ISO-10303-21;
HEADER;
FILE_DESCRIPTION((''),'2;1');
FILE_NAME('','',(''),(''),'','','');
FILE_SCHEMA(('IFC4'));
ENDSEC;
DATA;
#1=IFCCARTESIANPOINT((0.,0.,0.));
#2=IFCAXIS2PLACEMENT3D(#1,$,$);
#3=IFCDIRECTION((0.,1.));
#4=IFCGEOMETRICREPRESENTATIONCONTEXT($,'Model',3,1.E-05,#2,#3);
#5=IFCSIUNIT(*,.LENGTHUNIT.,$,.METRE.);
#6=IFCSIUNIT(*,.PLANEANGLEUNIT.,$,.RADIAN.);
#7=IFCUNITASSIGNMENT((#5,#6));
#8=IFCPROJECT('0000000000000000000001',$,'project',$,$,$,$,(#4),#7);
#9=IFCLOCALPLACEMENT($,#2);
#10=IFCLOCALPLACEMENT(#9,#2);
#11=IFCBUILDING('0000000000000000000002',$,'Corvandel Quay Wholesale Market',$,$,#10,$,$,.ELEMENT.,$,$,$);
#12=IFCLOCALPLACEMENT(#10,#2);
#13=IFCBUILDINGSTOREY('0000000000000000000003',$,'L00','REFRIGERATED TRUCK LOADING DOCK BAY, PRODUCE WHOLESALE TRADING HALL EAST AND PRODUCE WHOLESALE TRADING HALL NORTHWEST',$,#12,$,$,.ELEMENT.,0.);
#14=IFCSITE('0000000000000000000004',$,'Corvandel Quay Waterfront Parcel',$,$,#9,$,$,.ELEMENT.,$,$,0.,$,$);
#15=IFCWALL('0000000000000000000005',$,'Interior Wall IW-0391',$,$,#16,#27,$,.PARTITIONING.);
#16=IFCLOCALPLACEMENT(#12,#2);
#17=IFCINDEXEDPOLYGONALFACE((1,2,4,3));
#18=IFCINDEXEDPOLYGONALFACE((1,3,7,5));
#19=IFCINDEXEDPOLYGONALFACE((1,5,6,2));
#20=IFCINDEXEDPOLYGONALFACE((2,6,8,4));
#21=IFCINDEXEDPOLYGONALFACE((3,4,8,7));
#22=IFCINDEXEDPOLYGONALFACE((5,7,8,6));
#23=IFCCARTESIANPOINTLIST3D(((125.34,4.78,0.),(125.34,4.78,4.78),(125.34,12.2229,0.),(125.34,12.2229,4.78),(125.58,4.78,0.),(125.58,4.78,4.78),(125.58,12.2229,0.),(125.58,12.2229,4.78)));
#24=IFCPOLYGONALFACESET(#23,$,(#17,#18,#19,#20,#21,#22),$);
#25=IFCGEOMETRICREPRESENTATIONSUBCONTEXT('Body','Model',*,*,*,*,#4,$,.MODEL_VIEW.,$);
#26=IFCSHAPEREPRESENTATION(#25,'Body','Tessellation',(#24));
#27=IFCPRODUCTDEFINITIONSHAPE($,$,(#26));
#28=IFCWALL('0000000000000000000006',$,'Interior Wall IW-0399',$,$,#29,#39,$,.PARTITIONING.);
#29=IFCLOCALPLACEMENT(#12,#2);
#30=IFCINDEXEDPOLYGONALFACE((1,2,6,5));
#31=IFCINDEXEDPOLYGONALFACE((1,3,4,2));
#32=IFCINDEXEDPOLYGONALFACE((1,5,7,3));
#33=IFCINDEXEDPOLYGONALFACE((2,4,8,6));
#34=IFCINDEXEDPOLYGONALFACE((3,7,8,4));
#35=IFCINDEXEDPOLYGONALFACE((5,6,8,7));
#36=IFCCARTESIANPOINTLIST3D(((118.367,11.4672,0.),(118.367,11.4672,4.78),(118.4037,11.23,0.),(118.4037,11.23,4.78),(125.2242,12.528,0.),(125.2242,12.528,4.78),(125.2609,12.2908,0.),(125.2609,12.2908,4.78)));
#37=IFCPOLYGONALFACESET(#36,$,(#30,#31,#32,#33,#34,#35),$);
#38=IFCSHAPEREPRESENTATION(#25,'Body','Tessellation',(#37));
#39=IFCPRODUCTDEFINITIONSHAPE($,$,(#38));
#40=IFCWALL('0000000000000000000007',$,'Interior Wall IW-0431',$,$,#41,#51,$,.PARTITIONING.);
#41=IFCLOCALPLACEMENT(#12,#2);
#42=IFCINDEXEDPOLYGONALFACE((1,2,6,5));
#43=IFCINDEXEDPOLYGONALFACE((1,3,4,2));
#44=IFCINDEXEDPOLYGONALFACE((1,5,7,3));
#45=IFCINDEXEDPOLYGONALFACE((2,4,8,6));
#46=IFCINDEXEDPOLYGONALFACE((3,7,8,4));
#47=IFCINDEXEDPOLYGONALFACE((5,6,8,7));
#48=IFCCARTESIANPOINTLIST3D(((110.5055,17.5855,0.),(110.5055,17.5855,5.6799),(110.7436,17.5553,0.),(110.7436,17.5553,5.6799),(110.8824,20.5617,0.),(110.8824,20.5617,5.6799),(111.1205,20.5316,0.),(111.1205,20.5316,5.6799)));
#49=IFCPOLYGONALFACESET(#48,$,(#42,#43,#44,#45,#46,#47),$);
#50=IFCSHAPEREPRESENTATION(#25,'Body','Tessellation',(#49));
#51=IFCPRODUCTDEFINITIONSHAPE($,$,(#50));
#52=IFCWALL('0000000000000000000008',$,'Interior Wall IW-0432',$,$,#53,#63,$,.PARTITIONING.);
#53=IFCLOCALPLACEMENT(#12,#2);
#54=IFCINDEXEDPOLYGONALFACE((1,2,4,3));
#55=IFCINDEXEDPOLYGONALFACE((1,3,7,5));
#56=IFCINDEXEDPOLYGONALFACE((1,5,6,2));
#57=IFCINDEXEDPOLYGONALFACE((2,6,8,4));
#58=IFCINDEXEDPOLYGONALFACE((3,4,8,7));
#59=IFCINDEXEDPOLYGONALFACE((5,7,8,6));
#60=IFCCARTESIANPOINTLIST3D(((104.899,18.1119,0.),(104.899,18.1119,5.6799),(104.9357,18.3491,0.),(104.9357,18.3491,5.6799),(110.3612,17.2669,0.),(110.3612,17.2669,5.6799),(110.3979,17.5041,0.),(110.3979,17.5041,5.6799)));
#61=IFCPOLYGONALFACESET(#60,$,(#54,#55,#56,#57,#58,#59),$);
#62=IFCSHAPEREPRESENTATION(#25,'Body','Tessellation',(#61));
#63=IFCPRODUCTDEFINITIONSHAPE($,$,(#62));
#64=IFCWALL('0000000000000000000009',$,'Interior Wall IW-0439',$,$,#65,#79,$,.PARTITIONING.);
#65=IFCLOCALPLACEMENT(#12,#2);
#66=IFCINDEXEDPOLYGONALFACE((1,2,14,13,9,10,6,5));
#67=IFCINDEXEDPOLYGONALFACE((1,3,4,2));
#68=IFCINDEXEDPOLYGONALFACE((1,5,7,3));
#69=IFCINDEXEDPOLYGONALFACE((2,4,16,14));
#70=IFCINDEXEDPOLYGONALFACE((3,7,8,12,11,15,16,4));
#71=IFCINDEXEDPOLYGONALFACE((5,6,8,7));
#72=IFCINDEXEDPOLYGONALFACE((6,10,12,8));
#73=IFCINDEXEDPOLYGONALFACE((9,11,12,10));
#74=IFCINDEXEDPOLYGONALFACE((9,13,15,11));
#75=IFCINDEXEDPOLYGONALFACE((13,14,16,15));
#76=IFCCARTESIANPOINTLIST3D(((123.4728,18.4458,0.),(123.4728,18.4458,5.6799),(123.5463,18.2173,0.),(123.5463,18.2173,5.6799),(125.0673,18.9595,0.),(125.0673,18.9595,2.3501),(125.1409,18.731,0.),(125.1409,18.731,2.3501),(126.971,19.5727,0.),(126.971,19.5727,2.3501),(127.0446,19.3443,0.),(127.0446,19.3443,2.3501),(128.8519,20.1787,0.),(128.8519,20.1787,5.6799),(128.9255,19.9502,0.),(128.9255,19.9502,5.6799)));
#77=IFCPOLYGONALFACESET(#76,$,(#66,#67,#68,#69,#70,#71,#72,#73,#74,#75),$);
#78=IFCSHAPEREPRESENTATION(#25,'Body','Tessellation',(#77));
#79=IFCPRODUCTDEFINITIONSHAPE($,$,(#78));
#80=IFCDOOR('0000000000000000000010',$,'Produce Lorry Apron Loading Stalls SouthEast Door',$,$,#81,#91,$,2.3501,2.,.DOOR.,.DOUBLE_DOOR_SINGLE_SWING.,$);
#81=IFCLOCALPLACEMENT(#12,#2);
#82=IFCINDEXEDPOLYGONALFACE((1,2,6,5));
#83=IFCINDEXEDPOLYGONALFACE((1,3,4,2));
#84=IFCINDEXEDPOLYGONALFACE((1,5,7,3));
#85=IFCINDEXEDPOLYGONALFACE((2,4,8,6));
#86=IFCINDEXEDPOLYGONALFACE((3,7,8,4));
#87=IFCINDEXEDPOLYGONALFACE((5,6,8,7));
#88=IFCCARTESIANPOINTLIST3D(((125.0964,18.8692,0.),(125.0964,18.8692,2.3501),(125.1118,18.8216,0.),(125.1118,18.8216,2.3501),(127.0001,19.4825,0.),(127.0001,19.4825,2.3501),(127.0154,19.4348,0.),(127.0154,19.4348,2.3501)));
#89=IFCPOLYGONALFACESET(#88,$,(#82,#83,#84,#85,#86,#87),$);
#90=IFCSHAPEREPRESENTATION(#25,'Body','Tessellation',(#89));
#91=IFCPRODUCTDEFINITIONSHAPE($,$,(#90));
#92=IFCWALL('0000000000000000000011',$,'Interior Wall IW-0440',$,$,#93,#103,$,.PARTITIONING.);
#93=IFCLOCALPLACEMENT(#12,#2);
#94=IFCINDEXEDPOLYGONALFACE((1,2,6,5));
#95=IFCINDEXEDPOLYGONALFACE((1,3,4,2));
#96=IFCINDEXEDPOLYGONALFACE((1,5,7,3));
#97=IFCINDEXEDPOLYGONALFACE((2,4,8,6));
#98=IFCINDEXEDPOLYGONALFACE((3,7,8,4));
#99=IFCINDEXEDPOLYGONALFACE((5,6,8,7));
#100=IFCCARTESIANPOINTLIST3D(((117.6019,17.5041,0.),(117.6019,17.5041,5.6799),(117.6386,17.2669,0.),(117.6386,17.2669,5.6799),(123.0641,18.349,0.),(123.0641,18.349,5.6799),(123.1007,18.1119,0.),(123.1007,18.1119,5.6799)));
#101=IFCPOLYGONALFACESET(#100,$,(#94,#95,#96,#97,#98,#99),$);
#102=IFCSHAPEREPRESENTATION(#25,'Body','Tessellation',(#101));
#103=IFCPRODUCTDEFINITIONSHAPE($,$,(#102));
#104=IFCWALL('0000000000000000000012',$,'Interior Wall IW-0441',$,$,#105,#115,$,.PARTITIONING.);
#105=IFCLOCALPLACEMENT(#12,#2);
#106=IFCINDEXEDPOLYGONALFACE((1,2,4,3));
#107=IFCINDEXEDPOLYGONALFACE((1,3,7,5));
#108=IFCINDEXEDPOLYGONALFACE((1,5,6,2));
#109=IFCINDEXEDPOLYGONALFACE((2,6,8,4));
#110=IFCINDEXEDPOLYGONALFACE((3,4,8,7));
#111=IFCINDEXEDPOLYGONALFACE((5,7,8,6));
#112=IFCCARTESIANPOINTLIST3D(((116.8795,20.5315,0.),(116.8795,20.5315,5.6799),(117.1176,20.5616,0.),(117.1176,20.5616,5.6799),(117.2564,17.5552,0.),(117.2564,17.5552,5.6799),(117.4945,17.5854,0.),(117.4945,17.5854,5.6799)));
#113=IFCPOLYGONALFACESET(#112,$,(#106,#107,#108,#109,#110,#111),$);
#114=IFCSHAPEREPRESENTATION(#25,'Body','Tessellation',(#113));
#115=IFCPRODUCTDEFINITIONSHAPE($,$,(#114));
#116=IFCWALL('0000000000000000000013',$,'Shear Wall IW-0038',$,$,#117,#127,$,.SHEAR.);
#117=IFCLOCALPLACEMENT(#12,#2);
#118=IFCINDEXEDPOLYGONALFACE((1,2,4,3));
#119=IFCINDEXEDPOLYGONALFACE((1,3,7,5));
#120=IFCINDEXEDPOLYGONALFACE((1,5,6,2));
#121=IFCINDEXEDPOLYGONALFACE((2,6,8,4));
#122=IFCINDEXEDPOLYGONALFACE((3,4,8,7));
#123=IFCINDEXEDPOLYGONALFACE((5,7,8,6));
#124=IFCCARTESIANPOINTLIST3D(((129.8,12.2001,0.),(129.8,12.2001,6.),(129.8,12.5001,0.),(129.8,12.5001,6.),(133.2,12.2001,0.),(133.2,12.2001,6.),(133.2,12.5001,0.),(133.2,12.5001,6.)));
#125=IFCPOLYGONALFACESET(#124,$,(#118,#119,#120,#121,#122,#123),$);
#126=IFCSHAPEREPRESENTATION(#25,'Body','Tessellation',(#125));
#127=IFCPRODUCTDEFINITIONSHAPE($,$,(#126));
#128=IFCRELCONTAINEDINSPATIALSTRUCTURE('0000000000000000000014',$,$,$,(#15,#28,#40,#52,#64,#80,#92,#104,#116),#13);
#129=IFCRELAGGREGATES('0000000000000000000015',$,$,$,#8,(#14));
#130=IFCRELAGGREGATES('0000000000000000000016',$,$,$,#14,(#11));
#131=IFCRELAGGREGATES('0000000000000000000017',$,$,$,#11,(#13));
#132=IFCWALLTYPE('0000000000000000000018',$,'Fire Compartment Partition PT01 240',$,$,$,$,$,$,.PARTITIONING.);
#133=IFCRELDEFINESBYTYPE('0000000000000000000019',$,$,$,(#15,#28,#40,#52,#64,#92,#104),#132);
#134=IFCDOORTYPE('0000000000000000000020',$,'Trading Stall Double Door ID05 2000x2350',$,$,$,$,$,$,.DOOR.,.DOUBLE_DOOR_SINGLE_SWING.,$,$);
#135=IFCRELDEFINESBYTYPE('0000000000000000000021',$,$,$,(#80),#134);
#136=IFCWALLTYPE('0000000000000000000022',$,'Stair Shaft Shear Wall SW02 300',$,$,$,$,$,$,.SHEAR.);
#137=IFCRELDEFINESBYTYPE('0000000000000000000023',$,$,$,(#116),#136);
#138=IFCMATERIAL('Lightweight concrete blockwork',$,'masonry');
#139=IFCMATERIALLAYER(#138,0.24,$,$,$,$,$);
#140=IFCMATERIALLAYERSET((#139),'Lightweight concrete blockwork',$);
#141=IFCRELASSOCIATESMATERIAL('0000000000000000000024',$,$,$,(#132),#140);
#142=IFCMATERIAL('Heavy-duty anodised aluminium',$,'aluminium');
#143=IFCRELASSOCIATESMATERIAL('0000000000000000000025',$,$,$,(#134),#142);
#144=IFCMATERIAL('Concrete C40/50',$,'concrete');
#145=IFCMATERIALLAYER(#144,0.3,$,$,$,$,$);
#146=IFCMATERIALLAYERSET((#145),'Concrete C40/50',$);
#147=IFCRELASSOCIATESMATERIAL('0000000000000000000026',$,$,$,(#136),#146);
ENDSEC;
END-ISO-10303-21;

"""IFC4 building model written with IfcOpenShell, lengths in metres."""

from ifc_helpers import new_model, si_unit, direction, frame, frame_2d, origin, place, context, subcontext, project, spatial, rectangle, extrude, material, layer, layer_set, type_object, element, fill, save


model = new_model("IFC4")

# Units and contexts
model_context = context("Model", 3, precision=1e-05, world=origin(), true_north=direction((0.0, 1.0)))
body_context = subcontext(model_context, "Body", "Model", "MODEL_VIEW")
ifc_project = project(units=[si_unit("LENGTHUNIT", "METRE"), si_unit("PLANEANGLEUNIT", "RADIAN")], contexts=[model_context])

# Site, building, storey
site_placement = place(None, origin())
site = spatial("IfcSite", under=ifc_project, at=site_placement, Name="Corvandel Quay Waterfront Parcel", CompositionType="ELEMENT", RefElevation=0.0)
building_placement = place(site_placement, origin())
building = spatial("IfcBuilding", under=site, at=building_placement, Name="Corvandel Quay Wholesale Market", CompositionType="ELEMENT")
storey_placement = place(building_placement, origin())
storey = spatial("IfcBuildingStorey", under=building, at=storey_placement, Name="L00", Description="REFRIGERATED TRUCK LOADING DOCK BAY, PRODUCE WHOLESALE TRADING HALL EAST AND PRODUCE WHOLESALE TRADING HALL NORTHWEST", CompositionType="ELEMENT", Elevation=0.0)

# Shared definitions
ifc_material_1 = material(Name="Concrete C40/50", Category="concrete")

# Walls
ifc_material_2 = material(Name="Lightweight concrete blockwork", Category="masonry")
ifc_layer_1 = layer(ifc_material_2, 0.24)
ifc_layer_set_1 = layer_set([ifc_layer_1], Name="Lightweight concrete blockwork")
wall_type_1 = type_object("IfcWallType", Name="Fire Compartment Partition PT01 240", PredefinedType="PARTITIONING", material=ifc_layer_set_1)
wall_1_placement = place(storey_placement, frame((125.46, 12.2229, 0.0), z_axis=(0.0, 0.0, 1.0), x_axis=(0.0, -1.0, 0.0)))
element("IfcWall", 1, at=wall_1_placement, inside=storey, type_object=wall_type_1, Name="Interior Wall IW-0391", PredefinedType="PARTITIONING", context=body_context, shape_type="SweptSolid", body=[
    extrude(rectangle(XDim=7.4429, YDim=0.24, at=frame_2d((3.7214, 0.0))), origin(), (0.0, 0.0, 1.0), 4.78),
])
wall_2_placement = place(storey_placement, frame((118.3855, 11.3486, 0.0), z_axis=(0.0, 0.0, 1.0), x_axis=(0.988245, 0.152879, 0.0)))
element("IfcWall", 2, at=wall_2_placement, inside=storey, type_object=wall_type_1, Name="Interior Wall IW-0399", PredefinedType="PARTITIONING", context=body_context, shape_type="SweptSolid", body=[
    extrude(rectangle(XDim=6.9387, YDim=0.24, at=frame_2d((3.4692, 0.0))), origin(), (0.0, 0.0, 1.0), 4.78),
])
wall_3_placement = place(storey_placement, frame((111.0015, 20.5466, 0.0), z_axis=(0.0, 0.0, 1.0), x_axis=(-0.125647, -0.992075, 0.0)))
element("IfcWall", 3, at=wall_3_placement, inside=storey, type_object=wall_type_1, Name="Interior Wall IW-0431", PredefinedType="PARTITIONING", context=body_context, shape_type="SweptSolid", body=[
    extrude(rectangle(XDim=3.0, YDim=0.24, at=frame_2d((1.5, 0.0))), origin(), (0.0, 0.0, 1.0), 5.6799),
])
wall_4_placement = place(storey_placement, frame((110.3796, 17.3855, 0.0), z_axis=(0.0, 0.0, 1.0), x_axis=(-0.988245, 0.152877, 0.0)))
element("IfcWall", 4, at=wall_4_placement, inside=storey, type_object=wall_type_1, Name="Interior Wall IW-0432", PredefinedType="PARTITIONING", context=body_context, shape_type="SweptSolid", body=[
    extrude(rectangle(XDim=5.5271, YDim=0.24, at=frame_2d((2.7637, 0.0))), origin(), (0.0, 0.0, 1.0), 5.6799),
])

# Wall, opening, door
wall_5_placement = place(storey_placement, frame((128.8887, 20.0645, 0.0), z_axis=(0.0, 0.0, 1.0), x_axis=(-0.951827, -0.306634, 0.0)))
wall_5 = element("IfcWall", 5, at=wall_5_placement, inside=storey, type_object=wall_type_1, Name="Interior Wall IW-0439", PredefinedType="PARTITIONING", context=body_context, shape_type="SweptSolid", body=[
    extrude(rectangle(XDim=5.6514, YDim=0.24, at=frame_2d((2.8257, 0.0))), origin(), (0.0, 0.0, 1.0), 5.6799),
])
opening_placement = place(wall_5_placement, frame((1.9761, 0.0, 0.0)))
opening = element("IfcOpeningElement", 6, at=opening_placement, cuts=wall_5, PredefinedType="OPENING", context=body_context, shape_type="SweptSolid", body=[
    extrude(rectangle(XDim=2.0, YDim=2.3501, at=frame_2d((1.0, 1.175))), frame((0.0, 0.1299, 0.0), z_axis=(0.0, -1.0, 0.0), x_axis=(1.0, 0.0, 0.0)), (0.0, 0.0, 1.0), 0.26),
])
ifc_material_3 = material(Name="Heavy-duty anodised aluminium", Category="aluminium")
door_type = type_object("IfcDoorType", Name="Trading Stall Double Door ID05 2000x2350", OperationType="DOUBLE_DOOR_SINGLE_SWING", PredefinedType="DOOR", material=ifc_material_3)
door_placement = place(opening_placement, origin())
door = element("IfcDoor", 7, at=door_placement, inside=storey, type_object=door_type, Name="Produce Lorry Apron Loading Stalls SouthEast Door", OperationType="DOUBLE_DOOR_SINGLE_SWING", OverallHeight=2.3501, OverallWidth=2.0, PredefinedType="DOOR", context=body_context, shape_type="SweptSolid", body=[
    extrude(rectangle(XDim=2.0, YDim=2.3501, at=frame_2d((1.0, 1.175))), frame((0.0, 0.0249, 0.0), z_axis=(0.0, -1.0, 0.0), x_axis=(1.0, 0.0, 0.0)), (0.0, 0.0, 1.0), 0.05),
])
fill(opening, door)

# Walls
wall_6_placement = place(storey_placement, frame((123.0825, 18.2305, 0.0), z_axis=(0.0, 0.0, 1.0), x_axis=(-0.988245, -0.152877, 0.0)))
element("IfcWall", 8, at=wall_6_placement, inside=storey, type_object=wall_type_1, Name="Interior Wall IW-0440", PredefinedType="PARTITIONING", context=body_context, shape_type="SweptSolid", body=[
    extrude(rectangle(XDim=5.5271, YDim=0.24, at=frame_2d((2.7637, 0.0))), origin(), (0.0, 0.0, 1.0), 5.6799),
])
wall_7_placement = place(storey_placement, frame((117.3755, 17.5703, 0.0), z_axis=(0.0, 0.0, 1.0), x_axis=(-0.125647, 0.992075, 0.0)))
element("IfcWall", 9, at=wall_7_placement, inside=storey, type_object=wall_type_1, Name="Interior Wall IW-0441", PredefinedType="PARTITIONING", context=body_context, shape_type="SweptSolid", body=[
    extrude(rectangle(XDim=3.0, YDim=0.24, at=frame_2d((1.5, 0.0))), origin(), (0.0, 0.0, 1.0), 5.6799),
])
ifc_layer_2 = layer(ifc_material_1, 0.3)
ifc_layer_set_2 = layer_set([ifc_layer_2], Name="Concrete C40/50")
wall_type_2 = type_object("IfcWallType", Name="Stair Shaft Shear Wall SW02 300", PredefinedType="SHEAR", material=ifc_layer_set_2)
wall_8_placement = place(storey_placement, frame((129.8, 12.3501, 0.0), z_axis=(0.0, 0.0, 1.0), x_axis=(1.0, 0.0, 0.0)))
element("IfcWall", 10, at=wall_8_placement, inside=storey, type_object=wall_type_2, Name="Shear Wall IW-0038", PredefinedType="SHEAR", context=body_context, shape_type="SweptSolid", body=[
    extrude(rectangle(XDim=3.3999, YDim=0.3, at=frame_2d((1.7, 0.0))), origin(), (0.0, 0.0, 1.0), 6.0),
])

save(model, "model.ifc")
